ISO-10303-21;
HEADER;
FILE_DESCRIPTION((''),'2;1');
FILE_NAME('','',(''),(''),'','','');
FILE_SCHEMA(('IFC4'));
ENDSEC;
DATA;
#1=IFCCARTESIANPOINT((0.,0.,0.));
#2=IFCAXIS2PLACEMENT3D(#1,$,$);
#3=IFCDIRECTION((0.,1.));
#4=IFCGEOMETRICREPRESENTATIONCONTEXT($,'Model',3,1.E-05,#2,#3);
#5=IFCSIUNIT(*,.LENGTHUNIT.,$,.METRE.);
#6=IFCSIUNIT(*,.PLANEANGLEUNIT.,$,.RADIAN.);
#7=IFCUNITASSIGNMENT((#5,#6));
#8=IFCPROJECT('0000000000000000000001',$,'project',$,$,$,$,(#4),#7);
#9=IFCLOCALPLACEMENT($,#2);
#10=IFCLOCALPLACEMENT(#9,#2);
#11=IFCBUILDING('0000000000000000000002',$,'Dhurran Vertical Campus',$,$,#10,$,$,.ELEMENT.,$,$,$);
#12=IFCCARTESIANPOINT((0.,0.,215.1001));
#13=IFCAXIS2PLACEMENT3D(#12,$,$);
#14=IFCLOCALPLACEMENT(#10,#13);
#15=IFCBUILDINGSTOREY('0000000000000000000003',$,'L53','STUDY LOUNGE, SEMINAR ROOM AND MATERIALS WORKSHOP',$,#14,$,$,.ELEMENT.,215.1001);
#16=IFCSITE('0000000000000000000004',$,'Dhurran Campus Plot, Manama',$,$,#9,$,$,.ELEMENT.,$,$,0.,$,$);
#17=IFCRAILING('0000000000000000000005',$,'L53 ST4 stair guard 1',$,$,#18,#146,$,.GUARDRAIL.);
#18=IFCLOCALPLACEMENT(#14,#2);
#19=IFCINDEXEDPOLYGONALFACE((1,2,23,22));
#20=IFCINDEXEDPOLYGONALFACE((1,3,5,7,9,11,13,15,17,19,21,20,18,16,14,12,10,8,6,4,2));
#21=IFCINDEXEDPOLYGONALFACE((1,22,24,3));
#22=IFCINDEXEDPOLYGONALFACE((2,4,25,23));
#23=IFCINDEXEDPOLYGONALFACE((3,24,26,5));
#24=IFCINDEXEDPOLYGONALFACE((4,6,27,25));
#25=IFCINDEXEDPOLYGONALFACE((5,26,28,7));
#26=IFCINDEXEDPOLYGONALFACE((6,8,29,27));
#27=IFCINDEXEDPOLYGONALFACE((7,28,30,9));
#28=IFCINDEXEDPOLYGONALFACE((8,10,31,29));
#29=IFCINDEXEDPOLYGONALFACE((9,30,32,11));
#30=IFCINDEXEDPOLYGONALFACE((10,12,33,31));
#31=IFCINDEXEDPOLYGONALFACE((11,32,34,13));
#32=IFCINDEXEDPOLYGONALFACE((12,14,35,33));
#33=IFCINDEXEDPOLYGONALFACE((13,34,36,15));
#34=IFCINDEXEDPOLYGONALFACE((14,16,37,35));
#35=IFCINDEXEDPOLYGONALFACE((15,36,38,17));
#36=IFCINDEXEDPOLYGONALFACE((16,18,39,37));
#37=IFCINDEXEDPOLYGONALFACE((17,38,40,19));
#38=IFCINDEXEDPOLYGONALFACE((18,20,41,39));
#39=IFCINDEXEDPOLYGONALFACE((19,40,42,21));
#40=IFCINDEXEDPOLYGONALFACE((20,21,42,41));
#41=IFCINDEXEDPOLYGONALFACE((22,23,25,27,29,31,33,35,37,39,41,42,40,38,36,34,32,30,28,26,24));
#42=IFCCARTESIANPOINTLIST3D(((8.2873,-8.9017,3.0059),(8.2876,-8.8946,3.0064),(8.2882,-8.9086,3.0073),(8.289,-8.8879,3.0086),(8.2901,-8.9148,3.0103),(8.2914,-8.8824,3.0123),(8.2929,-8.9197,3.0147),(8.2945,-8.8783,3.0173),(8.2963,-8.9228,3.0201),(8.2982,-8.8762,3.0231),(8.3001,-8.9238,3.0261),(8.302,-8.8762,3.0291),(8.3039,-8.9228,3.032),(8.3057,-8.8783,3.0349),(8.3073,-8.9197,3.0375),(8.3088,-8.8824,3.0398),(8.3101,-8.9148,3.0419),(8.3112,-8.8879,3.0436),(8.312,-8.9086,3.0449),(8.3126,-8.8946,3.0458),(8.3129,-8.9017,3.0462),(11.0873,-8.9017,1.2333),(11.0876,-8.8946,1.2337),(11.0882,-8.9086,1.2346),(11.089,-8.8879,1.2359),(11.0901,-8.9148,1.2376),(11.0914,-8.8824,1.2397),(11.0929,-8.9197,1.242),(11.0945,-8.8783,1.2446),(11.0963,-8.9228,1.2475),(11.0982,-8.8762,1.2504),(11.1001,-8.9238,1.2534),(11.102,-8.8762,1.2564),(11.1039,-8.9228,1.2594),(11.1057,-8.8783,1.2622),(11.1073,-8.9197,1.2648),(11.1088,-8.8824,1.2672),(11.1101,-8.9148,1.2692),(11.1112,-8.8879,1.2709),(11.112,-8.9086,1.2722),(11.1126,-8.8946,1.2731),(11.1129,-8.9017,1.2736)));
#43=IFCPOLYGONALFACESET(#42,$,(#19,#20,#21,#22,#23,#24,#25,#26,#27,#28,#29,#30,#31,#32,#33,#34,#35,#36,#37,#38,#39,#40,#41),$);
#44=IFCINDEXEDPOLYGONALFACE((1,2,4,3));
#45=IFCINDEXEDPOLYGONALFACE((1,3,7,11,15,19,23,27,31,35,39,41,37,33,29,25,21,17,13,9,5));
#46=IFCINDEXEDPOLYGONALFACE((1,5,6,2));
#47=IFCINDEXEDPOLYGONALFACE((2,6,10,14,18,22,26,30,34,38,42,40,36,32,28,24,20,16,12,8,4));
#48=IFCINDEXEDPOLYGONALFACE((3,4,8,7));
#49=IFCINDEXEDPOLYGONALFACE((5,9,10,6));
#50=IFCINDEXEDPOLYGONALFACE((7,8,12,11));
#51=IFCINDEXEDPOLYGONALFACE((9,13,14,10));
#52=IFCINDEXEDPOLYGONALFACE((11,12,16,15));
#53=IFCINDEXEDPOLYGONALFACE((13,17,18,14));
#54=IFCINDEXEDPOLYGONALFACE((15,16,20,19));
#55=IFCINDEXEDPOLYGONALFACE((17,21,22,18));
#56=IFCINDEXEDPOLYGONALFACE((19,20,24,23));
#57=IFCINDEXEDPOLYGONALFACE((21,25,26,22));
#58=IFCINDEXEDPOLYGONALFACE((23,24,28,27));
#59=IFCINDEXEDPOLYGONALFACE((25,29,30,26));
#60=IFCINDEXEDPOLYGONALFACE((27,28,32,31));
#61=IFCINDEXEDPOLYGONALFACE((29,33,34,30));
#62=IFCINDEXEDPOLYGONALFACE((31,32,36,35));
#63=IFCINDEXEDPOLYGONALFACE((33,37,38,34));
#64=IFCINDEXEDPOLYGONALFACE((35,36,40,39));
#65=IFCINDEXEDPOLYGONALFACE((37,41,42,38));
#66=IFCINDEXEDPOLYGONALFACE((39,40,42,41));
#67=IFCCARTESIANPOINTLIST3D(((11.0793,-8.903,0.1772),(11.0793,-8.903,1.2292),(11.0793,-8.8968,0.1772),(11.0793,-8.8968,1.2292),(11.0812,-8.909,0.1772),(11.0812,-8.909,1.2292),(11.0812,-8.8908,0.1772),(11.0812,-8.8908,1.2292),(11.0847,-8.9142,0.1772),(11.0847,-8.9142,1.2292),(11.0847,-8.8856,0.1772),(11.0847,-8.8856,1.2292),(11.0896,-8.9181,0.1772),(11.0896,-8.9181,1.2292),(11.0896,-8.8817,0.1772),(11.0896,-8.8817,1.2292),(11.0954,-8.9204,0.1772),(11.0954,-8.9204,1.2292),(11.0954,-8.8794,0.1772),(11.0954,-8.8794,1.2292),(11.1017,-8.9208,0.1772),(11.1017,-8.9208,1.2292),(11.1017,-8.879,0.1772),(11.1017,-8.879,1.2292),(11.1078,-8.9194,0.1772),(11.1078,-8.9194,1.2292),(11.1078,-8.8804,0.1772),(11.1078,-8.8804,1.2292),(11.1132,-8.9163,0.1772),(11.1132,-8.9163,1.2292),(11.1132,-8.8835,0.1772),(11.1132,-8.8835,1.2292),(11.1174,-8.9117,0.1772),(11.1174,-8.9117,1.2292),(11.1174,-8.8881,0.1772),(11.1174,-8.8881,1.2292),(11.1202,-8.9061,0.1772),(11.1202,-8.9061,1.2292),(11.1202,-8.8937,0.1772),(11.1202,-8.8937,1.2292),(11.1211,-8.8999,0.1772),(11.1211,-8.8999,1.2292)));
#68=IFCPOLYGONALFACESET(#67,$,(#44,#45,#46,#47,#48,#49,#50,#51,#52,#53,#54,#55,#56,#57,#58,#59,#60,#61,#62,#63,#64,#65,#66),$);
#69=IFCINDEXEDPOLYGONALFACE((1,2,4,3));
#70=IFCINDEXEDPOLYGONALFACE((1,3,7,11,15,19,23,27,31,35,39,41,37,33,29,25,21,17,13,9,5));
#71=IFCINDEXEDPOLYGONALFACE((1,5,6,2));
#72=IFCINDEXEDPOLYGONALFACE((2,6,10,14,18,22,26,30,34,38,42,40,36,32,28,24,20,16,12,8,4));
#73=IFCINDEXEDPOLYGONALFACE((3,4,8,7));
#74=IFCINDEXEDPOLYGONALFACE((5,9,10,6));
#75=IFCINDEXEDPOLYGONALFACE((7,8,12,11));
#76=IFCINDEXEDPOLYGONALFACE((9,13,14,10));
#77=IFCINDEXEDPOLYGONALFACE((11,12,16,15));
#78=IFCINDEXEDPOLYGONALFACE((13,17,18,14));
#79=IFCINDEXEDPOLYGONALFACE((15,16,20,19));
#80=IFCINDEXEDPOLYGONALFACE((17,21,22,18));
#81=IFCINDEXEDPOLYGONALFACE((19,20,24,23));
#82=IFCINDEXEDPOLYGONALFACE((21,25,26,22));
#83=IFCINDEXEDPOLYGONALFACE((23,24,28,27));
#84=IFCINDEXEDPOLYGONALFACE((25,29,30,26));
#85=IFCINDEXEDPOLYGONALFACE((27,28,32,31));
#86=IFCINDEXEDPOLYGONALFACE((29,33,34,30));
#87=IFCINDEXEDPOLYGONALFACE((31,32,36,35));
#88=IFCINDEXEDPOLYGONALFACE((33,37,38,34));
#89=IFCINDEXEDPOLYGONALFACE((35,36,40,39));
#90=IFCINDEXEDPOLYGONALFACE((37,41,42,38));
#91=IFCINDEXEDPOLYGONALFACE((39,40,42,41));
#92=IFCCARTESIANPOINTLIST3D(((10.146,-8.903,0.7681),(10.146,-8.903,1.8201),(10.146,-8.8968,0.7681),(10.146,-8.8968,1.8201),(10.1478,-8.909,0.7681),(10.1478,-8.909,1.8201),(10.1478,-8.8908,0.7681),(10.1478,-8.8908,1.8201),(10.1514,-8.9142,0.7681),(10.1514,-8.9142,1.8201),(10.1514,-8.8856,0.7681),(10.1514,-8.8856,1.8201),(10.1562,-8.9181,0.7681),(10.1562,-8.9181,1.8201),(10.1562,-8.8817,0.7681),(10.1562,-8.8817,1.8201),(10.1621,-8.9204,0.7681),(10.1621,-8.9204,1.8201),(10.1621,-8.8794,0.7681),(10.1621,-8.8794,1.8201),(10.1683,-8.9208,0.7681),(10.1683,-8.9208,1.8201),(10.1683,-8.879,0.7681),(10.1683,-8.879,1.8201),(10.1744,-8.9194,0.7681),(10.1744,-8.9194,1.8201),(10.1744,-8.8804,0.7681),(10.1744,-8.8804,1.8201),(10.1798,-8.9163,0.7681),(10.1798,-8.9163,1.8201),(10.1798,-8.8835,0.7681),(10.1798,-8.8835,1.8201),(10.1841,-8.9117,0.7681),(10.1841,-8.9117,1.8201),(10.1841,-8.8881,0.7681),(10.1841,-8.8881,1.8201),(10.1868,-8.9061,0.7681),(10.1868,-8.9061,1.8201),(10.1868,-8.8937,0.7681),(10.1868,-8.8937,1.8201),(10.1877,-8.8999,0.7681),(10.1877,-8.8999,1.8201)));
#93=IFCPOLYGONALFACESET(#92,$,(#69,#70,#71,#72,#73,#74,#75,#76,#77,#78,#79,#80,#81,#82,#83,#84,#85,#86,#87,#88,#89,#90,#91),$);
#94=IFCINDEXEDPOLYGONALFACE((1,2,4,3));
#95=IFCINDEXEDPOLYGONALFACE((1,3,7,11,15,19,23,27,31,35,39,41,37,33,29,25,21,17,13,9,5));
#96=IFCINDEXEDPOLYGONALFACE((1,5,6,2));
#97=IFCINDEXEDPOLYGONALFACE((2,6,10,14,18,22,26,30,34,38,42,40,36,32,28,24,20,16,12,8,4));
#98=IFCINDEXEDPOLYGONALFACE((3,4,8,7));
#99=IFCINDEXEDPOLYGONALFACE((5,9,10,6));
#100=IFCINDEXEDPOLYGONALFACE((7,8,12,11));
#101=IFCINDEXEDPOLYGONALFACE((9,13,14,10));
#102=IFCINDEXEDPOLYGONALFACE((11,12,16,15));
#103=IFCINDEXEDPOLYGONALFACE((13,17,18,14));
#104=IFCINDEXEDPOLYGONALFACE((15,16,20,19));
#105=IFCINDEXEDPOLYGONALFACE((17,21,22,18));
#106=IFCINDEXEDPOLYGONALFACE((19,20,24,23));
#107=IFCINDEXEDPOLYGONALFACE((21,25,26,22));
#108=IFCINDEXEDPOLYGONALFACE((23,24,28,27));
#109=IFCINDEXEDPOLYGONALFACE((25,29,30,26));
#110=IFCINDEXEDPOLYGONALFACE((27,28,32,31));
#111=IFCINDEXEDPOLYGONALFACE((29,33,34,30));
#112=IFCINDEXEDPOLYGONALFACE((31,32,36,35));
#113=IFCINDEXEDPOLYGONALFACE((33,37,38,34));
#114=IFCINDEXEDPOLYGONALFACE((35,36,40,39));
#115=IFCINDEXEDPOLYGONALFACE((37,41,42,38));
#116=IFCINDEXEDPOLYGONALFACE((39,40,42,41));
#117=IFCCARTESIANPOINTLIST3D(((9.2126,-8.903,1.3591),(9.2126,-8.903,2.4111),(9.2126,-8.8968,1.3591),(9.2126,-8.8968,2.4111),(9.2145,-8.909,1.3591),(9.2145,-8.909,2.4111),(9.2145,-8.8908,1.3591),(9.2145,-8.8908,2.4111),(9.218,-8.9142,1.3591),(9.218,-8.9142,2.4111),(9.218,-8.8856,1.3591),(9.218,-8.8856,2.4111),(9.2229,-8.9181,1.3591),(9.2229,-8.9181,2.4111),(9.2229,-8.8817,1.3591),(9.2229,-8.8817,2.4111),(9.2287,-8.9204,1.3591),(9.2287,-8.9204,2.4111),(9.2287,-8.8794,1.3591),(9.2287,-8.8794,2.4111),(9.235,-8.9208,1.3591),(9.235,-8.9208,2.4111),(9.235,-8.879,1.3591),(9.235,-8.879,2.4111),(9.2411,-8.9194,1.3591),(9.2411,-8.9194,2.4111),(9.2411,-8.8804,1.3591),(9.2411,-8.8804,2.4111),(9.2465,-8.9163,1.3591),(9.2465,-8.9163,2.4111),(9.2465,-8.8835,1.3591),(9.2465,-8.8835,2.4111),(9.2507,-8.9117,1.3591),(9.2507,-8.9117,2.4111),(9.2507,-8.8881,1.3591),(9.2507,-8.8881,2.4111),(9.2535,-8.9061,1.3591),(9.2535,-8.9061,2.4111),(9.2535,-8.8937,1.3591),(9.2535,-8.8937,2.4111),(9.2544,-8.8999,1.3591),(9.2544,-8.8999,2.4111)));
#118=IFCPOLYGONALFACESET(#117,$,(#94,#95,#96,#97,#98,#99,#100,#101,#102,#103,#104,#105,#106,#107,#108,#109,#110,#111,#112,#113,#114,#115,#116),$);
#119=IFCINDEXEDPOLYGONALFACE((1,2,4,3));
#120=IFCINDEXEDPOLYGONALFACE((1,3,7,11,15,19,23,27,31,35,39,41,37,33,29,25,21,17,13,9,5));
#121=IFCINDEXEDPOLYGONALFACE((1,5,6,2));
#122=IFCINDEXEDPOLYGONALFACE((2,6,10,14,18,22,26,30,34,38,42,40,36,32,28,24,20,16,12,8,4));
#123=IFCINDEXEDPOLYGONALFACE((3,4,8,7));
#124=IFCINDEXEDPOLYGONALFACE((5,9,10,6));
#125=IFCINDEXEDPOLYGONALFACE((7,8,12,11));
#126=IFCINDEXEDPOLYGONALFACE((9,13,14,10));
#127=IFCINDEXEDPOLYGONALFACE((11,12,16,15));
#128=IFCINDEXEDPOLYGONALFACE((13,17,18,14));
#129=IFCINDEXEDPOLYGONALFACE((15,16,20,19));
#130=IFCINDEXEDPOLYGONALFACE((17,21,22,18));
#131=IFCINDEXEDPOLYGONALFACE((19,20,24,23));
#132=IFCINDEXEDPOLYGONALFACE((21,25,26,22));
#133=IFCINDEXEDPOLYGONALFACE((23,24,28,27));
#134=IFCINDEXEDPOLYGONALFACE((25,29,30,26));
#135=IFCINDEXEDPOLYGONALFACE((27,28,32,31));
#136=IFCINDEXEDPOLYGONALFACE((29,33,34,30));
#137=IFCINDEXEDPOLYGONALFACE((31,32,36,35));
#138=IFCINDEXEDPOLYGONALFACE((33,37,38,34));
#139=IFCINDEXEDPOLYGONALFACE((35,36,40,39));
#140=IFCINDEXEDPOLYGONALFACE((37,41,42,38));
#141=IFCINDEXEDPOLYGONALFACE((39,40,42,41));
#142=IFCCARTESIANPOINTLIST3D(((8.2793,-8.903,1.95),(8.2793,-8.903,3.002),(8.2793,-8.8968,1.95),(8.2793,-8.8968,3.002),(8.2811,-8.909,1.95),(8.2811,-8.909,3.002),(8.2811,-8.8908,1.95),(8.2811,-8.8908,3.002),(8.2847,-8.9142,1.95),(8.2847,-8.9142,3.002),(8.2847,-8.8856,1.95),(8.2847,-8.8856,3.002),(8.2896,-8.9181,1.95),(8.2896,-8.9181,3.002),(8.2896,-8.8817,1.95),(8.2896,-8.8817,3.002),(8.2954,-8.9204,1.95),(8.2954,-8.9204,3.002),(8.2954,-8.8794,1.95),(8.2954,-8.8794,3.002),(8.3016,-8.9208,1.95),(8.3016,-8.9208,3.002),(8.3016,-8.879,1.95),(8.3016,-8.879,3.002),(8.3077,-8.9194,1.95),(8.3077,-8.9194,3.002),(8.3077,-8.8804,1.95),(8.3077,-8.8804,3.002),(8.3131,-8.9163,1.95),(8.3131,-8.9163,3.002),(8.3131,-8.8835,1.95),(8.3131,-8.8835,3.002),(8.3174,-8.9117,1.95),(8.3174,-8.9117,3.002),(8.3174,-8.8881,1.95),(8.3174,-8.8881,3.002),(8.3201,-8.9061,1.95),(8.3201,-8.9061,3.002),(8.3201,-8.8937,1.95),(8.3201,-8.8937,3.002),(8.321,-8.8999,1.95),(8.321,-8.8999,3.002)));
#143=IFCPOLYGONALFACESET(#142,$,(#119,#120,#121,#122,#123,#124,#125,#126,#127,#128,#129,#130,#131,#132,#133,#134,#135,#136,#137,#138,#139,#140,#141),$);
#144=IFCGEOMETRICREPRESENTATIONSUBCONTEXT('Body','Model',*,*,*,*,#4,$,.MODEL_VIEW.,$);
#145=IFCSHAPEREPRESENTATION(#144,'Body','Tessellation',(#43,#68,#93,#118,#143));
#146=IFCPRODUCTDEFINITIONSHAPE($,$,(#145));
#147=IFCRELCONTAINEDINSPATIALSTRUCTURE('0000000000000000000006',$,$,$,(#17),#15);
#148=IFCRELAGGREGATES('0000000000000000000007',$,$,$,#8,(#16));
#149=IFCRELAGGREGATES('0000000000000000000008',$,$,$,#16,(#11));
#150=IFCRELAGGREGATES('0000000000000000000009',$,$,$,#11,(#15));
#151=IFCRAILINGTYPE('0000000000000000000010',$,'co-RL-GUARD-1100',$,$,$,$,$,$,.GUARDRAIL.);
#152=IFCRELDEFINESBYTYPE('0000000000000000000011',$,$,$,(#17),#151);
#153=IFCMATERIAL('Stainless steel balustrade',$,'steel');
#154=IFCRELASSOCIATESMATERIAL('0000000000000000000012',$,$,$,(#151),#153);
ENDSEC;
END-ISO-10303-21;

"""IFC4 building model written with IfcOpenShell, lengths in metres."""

from ifc_helpers import new_model, si_unit, direction, frame, origin, origin_2d, place, context, subcontext, project, spatial, circle, extrude, material, type_object, element, save


model = new_model("IFC4")

# Units and contexts
model_context = context("Model", 3, precision=1e-05, world=origin(), true_north=direction((0.0, 1.0)))
body_context = subcontext(model_context, "Body", "Model", "MODEL_VIEW")
ifc_project = project(units=[si_unit("LENGTHUNIT", "METRE"), si_unit("PLANEANGLEUNIT", "RADIAN")], contexts=[model_context])

# Site, building, storey
site_placement = place(None, origin())
site = spatial("IfcSite", under=ifc_project, at=site_placement, Name="Dhurran Campus Plot, Manama", CompositionType="ELEMENT", RefElevation=0.0)
building_placement = place(site_placement, origin())
building = spatial("IfcBuilding", under=site, at=building_placement, Name="Dhurran Vertical Campus", CompositionType="ELEMENT")
storey_placement = place(building_placement, frame((0.0, 0.0, 215.1001)))
storey = spatial("IfcBuildingStorey", under=building, at=storey_placement, Name="L53", Description="STUDY LOUNGE, SEMINAR ROOM AND MATERIALS WORKSHOP", CompositionType="ELEMENT", Elevation=215.1001)

# Railing
ifc_material_1 = material(Name="Stainless steel balustrade", Category="steel")
railing_type_1 = type_object("IfcRailingType", Name="co-RL-GUARD-1100", PredefinedType="GUARDRAIL", material=ifc_material_1)
railing_1_placement = place(storey_placement, frame((11.1001, -8.8999, 0.1772)))
element("IfcRailing", 1, at=railing_1_placement, inside=storey, type_object=railing_type_1, Name="L53 ST4 stair guard 1", PredefinedType="GUARDRAIL", context=body_context, shape_type="SweptSolid", body=[
    extrude(circle(Radius=0.0239, at=origin_2d()), frame((0.0, 0.0, 1.0762), z_axis=(-0.844909, 0.0, 0.53491), x_axis=(0.0, -1.0, 0.0)), (0.0, 0.0, 1.0), 3.314),
    extrude(circle(Radius=0.021, at=origin_2d()), origin(), (0.0, 0.0, 1.0), 1.052),
    extrude(circle(Radius=0.021, at=origin_2d()), frame((-0.9333, 0.0, 0.5908)), (0.0, 0.0, 1.0), 1.052),
    extrude(circle(Radius=0.021, at=origin_2d()), frame((-1.8667, 0.0, 1.1819)), (0.0, 0.0, 1.0), 1.052),
    extrude(circle(Radius=0.021, at=origin_2d()), frame((-2.8, 0.0, 1.7727)), (0.0, 0.0, 1.0), 1.052),
])

save(model, "model.ifc")
